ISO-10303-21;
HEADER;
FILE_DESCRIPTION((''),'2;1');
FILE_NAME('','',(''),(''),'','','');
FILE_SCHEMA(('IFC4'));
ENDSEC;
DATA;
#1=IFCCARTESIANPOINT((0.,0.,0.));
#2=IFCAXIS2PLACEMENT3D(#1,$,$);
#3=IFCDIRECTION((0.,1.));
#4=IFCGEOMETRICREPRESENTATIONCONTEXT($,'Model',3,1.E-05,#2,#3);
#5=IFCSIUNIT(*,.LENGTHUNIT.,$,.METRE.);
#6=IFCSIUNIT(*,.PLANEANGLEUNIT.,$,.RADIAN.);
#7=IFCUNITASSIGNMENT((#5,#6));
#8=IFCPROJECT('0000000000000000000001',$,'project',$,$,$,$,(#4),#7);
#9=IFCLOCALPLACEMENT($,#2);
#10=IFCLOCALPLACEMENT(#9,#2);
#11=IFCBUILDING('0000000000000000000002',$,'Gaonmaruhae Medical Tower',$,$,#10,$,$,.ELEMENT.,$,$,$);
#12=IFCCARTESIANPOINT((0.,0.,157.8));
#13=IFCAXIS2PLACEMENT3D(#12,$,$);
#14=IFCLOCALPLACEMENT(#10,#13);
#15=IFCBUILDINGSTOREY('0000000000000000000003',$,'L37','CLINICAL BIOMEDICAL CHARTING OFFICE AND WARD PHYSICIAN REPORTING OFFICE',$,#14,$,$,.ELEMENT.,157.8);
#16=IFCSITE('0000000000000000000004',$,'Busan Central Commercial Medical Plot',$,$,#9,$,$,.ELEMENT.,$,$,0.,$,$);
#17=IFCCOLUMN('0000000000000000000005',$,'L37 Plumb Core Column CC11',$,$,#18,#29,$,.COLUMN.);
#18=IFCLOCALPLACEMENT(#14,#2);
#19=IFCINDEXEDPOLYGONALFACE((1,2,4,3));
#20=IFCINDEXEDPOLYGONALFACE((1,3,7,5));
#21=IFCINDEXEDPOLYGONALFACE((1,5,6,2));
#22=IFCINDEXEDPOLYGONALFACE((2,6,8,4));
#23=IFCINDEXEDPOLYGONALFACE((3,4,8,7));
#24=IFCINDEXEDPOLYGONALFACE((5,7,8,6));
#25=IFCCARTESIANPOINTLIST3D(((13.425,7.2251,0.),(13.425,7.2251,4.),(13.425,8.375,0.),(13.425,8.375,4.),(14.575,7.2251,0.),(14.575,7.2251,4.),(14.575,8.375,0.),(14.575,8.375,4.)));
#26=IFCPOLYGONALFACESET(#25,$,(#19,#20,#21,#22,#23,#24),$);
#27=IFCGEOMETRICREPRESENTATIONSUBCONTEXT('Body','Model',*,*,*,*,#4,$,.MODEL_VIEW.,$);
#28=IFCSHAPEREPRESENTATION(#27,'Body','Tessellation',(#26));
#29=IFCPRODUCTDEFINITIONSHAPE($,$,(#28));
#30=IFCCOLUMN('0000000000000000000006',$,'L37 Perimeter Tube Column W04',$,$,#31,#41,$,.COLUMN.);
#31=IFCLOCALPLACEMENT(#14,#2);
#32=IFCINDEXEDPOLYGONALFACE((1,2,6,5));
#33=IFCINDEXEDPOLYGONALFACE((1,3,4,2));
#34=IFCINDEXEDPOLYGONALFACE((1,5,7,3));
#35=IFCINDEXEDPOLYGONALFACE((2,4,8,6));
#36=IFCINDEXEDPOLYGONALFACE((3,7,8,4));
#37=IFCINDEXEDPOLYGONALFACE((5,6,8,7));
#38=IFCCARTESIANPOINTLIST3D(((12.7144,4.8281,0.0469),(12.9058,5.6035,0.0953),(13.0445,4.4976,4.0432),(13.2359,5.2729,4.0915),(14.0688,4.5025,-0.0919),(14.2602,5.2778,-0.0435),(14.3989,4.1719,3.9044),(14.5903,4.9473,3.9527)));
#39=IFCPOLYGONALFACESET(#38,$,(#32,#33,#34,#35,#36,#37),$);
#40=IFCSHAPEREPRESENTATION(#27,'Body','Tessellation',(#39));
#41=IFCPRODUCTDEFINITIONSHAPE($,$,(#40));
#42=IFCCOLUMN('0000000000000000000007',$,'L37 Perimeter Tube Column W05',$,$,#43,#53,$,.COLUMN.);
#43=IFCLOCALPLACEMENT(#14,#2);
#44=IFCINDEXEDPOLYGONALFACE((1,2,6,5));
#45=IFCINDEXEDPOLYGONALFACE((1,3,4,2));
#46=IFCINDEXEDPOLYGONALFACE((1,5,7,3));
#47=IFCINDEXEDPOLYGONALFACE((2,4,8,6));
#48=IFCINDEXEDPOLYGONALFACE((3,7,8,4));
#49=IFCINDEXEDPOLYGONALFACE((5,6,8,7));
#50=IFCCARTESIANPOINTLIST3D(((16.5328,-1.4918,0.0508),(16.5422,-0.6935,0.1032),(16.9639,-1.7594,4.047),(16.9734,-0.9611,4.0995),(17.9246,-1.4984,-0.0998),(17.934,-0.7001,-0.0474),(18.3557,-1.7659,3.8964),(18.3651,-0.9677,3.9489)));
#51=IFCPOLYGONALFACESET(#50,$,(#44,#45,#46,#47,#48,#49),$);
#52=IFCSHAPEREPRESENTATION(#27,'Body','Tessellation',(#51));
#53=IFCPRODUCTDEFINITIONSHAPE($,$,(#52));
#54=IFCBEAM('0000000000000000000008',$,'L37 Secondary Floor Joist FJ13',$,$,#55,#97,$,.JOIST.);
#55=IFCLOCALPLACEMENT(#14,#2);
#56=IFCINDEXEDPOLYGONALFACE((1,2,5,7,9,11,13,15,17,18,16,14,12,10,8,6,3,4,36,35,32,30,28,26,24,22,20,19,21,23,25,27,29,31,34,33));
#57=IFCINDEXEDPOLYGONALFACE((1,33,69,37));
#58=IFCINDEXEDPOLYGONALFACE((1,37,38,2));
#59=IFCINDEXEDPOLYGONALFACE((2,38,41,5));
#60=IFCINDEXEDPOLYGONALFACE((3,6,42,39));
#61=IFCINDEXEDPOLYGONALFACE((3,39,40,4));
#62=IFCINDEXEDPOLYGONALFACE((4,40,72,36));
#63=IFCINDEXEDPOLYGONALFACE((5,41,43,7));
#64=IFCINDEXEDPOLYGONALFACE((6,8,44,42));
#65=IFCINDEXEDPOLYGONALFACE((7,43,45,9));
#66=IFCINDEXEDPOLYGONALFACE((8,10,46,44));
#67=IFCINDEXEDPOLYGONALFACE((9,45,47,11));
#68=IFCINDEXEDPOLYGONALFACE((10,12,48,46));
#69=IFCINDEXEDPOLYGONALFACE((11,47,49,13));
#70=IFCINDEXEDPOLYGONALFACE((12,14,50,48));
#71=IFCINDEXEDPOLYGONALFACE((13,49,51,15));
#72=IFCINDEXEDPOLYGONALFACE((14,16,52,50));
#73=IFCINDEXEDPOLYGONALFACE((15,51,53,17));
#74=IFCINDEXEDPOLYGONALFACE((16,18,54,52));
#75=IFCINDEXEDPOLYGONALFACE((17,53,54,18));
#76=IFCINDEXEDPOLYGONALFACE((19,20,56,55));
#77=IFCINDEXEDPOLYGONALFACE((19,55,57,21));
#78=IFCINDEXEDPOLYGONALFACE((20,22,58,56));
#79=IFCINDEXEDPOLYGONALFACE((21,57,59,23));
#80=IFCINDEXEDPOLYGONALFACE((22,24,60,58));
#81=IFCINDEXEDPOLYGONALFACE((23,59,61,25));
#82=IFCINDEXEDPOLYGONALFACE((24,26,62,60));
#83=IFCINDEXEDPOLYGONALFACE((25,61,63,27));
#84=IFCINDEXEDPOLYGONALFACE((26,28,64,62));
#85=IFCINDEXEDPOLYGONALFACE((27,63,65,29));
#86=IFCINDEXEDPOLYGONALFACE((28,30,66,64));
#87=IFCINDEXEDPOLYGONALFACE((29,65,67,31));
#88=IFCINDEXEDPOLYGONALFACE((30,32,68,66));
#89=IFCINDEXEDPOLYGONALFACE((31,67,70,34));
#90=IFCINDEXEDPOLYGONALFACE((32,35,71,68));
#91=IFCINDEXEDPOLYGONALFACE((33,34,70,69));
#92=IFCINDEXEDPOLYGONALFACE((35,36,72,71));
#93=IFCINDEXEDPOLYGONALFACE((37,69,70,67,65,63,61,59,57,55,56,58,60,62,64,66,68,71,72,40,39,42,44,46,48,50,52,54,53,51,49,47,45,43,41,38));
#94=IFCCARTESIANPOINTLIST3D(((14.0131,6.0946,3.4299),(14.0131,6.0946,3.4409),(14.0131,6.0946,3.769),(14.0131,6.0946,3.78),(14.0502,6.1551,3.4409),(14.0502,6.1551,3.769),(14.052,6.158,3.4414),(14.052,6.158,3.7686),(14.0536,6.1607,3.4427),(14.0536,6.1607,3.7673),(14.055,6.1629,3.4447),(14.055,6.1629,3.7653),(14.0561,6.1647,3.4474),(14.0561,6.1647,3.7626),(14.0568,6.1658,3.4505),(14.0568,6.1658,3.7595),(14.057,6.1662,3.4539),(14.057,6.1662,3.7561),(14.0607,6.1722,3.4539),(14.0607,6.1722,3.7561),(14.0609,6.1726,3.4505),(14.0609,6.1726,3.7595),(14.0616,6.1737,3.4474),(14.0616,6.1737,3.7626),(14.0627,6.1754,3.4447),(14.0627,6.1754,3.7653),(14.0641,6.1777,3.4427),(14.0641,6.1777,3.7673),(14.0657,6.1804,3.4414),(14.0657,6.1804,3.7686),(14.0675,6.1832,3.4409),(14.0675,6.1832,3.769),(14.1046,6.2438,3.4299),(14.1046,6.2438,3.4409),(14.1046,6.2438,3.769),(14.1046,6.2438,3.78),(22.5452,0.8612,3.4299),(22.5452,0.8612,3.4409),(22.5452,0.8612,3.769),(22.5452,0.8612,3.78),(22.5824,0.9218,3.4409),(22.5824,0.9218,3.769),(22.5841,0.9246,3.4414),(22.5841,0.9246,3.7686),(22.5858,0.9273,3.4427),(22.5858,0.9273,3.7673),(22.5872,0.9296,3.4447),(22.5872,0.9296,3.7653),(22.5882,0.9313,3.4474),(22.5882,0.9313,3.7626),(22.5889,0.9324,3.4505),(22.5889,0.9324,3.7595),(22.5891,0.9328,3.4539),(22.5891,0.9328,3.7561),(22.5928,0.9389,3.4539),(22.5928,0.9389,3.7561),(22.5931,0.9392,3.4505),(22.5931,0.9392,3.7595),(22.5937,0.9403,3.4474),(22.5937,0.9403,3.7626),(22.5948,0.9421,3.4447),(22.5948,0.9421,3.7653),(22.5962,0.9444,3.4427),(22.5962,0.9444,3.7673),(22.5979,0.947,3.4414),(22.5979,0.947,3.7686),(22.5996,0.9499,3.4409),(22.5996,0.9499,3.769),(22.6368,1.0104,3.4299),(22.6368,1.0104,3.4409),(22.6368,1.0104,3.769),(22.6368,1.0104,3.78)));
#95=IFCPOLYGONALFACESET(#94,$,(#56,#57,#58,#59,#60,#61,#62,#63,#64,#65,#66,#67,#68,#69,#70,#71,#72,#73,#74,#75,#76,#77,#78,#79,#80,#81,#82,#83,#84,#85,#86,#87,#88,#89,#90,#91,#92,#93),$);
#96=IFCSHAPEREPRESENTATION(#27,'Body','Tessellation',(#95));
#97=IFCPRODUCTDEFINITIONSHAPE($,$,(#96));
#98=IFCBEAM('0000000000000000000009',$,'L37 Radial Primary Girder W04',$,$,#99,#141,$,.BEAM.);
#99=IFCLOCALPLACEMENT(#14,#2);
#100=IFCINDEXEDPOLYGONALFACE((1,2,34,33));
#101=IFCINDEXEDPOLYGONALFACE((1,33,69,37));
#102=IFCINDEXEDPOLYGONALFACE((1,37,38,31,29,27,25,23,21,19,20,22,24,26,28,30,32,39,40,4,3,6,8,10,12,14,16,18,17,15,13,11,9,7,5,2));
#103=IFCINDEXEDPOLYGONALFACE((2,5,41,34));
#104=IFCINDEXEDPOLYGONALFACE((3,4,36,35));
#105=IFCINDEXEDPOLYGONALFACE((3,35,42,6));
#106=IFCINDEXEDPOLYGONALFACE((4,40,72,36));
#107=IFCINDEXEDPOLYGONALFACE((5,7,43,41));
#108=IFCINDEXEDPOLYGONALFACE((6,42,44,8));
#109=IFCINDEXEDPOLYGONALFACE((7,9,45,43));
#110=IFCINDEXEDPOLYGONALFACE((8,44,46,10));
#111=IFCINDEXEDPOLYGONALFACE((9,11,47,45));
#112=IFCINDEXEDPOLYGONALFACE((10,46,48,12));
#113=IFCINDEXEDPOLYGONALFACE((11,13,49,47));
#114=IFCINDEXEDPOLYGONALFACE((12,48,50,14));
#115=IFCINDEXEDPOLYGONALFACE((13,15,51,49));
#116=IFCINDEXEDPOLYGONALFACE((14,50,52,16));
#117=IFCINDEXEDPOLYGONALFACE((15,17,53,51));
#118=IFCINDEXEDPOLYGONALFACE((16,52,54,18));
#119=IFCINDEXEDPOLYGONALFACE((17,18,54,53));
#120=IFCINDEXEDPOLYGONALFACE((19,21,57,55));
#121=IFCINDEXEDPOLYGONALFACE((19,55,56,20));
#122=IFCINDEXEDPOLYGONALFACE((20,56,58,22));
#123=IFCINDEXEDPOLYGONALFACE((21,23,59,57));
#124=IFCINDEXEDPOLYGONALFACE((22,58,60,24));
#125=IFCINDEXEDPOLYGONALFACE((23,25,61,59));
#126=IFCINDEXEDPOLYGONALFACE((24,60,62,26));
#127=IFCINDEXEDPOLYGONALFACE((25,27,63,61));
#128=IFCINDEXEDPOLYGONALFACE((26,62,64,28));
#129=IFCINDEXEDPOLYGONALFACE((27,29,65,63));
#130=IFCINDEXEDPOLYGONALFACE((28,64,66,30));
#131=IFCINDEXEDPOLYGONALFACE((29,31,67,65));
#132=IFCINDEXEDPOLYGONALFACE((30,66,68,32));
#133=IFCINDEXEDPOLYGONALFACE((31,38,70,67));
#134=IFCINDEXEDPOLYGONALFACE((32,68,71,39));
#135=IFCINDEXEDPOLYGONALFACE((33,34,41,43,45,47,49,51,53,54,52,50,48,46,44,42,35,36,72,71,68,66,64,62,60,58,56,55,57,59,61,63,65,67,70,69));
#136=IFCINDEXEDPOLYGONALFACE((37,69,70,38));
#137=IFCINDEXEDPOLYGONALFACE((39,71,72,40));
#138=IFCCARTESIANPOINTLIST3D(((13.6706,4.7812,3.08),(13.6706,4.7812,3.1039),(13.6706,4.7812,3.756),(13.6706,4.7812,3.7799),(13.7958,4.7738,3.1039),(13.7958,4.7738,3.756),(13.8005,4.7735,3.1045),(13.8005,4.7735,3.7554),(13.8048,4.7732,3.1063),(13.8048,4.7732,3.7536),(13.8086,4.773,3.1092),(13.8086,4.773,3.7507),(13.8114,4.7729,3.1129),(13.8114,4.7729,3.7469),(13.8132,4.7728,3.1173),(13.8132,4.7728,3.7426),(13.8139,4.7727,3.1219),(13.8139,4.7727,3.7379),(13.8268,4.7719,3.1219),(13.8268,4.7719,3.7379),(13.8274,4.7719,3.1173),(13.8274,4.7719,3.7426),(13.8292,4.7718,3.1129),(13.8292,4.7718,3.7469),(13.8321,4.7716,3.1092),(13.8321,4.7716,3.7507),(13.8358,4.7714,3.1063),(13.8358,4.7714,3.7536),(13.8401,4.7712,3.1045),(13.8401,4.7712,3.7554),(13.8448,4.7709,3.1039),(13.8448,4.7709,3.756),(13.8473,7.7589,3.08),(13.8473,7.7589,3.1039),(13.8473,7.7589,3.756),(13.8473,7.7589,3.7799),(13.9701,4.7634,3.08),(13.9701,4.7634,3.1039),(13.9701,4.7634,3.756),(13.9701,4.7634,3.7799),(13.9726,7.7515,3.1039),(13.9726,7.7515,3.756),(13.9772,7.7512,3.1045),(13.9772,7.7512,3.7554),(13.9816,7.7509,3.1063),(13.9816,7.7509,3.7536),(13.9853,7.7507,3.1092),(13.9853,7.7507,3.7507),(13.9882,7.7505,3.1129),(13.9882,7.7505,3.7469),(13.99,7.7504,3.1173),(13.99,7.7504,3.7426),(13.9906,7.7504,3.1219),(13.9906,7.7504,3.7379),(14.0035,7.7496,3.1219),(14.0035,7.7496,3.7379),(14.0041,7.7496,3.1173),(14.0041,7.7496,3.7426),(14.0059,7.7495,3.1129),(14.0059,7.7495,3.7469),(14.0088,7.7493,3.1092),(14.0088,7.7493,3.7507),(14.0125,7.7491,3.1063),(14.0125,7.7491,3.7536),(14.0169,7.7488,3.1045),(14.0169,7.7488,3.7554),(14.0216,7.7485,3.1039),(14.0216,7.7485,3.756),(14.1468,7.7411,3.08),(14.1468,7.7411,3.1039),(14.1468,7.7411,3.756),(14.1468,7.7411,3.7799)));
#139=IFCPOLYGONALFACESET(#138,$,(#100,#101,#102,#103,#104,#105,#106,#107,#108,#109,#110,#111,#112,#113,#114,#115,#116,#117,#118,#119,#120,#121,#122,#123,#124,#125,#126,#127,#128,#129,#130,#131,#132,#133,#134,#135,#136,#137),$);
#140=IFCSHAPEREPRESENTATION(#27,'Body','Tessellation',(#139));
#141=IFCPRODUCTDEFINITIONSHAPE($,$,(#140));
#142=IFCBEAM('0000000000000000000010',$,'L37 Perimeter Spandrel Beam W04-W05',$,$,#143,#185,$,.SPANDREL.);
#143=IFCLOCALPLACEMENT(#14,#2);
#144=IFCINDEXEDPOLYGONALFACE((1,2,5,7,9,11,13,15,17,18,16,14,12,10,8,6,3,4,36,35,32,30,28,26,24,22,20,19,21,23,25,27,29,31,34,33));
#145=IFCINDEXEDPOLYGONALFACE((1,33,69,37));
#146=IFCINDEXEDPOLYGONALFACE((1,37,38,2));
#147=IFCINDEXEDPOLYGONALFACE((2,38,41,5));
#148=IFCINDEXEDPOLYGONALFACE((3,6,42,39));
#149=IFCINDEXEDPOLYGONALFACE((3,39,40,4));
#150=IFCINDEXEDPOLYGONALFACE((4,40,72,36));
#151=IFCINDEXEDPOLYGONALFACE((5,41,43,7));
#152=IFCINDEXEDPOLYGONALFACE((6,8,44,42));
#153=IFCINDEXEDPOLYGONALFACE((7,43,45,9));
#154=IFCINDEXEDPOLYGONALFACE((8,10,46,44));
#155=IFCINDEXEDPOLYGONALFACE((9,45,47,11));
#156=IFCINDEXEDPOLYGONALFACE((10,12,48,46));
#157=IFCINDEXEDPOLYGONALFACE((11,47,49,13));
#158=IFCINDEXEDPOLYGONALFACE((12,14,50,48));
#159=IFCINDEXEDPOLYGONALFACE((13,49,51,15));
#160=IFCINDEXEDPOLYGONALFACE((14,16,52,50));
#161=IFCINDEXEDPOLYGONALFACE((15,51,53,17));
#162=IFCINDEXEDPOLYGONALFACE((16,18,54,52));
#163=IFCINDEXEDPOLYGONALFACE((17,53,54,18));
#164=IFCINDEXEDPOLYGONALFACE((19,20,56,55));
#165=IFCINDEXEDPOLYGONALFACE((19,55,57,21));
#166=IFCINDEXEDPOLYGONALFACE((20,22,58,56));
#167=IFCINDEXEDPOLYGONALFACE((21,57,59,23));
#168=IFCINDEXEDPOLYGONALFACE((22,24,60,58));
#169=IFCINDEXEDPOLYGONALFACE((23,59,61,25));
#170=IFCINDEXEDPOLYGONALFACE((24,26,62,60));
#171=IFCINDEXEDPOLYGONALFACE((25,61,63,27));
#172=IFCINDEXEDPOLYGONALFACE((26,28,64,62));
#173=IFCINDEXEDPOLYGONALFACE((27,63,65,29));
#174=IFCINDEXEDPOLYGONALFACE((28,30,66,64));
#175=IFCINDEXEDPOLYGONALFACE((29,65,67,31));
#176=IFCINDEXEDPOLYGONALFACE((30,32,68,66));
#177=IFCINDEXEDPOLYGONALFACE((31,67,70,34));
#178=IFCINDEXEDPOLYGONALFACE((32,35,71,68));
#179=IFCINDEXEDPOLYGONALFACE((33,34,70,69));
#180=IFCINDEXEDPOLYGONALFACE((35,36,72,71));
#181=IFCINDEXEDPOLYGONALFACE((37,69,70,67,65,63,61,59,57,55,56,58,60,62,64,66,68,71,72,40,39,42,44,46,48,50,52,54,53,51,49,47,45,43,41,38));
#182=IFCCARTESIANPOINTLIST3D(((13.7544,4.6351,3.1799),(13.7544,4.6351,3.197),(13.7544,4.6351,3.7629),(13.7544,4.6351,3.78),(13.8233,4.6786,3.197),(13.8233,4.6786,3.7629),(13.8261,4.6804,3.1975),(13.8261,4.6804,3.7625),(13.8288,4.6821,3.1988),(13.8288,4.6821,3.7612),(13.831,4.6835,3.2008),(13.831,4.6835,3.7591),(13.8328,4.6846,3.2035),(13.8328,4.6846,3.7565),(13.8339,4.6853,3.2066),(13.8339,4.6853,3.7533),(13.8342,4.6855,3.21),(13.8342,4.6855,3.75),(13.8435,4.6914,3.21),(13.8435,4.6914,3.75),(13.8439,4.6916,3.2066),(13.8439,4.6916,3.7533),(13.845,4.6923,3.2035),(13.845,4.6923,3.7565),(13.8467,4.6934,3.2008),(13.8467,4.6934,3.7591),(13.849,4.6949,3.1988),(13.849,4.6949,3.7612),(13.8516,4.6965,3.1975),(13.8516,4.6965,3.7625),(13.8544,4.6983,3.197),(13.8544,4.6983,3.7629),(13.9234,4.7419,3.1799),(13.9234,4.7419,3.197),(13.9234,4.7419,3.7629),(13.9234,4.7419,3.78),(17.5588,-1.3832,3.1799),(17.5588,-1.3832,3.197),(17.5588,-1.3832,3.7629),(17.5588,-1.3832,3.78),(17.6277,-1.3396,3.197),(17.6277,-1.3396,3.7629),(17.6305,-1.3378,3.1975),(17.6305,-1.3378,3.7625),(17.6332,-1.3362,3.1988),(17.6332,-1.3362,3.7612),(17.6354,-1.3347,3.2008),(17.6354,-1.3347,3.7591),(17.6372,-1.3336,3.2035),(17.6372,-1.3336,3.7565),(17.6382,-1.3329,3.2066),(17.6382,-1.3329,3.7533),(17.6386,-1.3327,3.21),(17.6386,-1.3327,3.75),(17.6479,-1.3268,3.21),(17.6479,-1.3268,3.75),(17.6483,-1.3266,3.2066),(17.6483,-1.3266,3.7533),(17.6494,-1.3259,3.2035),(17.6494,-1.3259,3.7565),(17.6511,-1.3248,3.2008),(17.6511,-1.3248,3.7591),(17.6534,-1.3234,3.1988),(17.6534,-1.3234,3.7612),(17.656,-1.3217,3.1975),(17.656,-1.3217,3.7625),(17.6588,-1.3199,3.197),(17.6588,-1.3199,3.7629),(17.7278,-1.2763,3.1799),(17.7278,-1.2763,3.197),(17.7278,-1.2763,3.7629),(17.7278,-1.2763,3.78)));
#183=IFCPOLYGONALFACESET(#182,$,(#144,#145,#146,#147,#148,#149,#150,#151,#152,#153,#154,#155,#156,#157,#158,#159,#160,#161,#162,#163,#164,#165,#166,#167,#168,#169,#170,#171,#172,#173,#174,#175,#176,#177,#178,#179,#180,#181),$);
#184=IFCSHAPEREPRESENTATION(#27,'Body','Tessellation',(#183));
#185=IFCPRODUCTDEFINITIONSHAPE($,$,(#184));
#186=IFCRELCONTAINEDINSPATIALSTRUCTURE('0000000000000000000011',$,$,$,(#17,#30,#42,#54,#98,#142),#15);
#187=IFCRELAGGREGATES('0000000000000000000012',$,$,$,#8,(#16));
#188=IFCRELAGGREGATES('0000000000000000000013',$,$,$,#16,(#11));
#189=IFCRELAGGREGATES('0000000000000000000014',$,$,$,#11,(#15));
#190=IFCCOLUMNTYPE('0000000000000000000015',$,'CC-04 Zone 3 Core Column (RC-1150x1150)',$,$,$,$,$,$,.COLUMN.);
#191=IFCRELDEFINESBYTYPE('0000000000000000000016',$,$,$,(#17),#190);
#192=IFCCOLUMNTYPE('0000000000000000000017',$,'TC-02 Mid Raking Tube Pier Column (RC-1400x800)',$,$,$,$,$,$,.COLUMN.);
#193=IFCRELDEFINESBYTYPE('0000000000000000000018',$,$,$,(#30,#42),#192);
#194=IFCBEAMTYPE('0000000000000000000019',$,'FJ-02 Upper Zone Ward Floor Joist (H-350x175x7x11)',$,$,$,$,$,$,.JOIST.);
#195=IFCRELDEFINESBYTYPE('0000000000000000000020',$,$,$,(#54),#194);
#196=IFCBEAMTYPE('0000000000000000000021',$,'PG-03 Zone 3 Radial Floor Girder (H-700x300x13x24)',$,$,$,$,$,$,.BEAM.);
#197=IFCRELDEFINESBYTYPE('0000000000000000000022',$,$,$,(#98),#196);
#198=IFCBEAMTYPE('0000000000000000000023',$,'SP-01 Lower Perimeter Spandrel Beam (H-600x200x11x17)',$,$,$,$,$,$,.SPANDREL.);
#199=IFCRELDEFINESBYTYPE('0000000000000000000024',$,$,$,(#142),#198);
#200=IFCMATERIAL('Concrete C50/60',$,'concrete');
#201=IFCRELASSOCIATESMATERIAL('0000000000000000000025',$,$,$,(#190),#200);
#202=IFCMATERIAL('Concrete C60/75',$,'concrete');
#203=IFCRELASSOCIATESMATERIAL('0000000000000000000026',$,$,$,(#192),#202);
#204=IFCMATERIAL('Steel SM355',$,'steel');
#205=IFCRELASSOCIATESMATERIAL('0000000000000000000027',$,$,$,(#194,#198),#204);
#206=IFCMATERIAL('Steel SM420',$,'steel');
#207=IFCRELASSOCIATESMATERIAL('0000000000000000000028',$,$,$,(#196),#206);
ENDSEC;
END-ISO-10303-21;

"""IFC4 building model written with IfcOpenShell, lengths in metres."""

from ifc_helpers import new_model, si_unit, direction, frame, origin, origin_2d, place, context, subcontext, project, spatial, rectangle, i_section, extrude, material, material_profile, profile_set, type_object, element, save


model = new_model("IFC4")

# Units and contexts
model_context = context("Model", 3, precision=1e-05, world=origin(), true_north=direction((0.0, 1.0)))
body_context = subcontext(model_context, "Body", "Model", "MODEL_VIEW")
ifc_project = project(units=[si_unit("LENGTHUNIT", "METRE"), si_unit("PLANEANGLEUNIT", "RADIAN")], contexts=[model_context])

# Site, building, storey
site_placement = place(None, origin())
site = spatial("IfcSite", under=ifc_project, at=site_placement, Name="Busan Central Commercial Medical Plot", CompositionType="ELEMENT", RefElevation=0.0)
building_placement = place(site_placement, origin())
building = spatial("IfcBuilding", under=site, at=building_placement, Name="Gaonmaruhae Medical Tower", CompositionType="ELEMENT")
storey_placement = place(building_placement, frame((0.0, 0.0, 157.8)))
storey = spatial("IfcBuildingStorey", under=building, at=storey_placement, Name="L37", Description="CLINICAL BIOMEDICAL CHARTING OFFICE AND WARD PHYSICIAN REPORTING OFFICE", CompositionType="ELEMENT", Elevation=157.8)

# Columns
ifc_material_1 = material(Name="Concrete C50/60", Category="concrete")
ifc_material_profile_1 = material_profile(ifc_material_1, rectangle(XDim=1.1499, YDim=1.1499, at=origin_2d()), Name="RC-1150x1150")
ifc_profile_set_1 = profile_set([ifc_material_profile_1], Name="Concrete C50/60")
column_type_1 = type_object("IfcColumnType", Name="CC-04 Zone 3 Core Column (RC-1150x1150)", PredefinedType="COLUMN", material=ifc_profile_set_1)
column_1_placement = place(storey_placement, frame((14.0, 7.8, 0.0), z_axis=(0.0, 0.0, 1.0), x_axis=(1.0, 0.0, 0.0)))
element("IfcColumn", 1, at=column_1_placement, inside=storey, type_object=column_type_1, Name="L37 Plumb Core Column CC11", PredefinedType="COLUMN", context=body_context, shape_type="SweptSolid", body=[
    extrude(rectangle(XDim=1.1499, YDim=1.1499, at=origin_2d()), origin(), (0.0, 0.0, 1.0), 4.0),
])
ifc_material_2 = material(Name="Concrete C60/75", Category="concrete")
ifc_material_profile_2 = material_profile(ifc_material_2, rectangle(XDim=1.3999, YDim=0.8, at=origin_2d()), Name="RC-1400x800")
ifc_profile_set_2 = profile_set([ifc_material_profile_2], Name="Concrete C60/75")
column_type_2 = type_object("IfcColumnType", Name="TC-02 Mid Raking Tube Pier Column (RC-1400x800)", PredefinedType="COLUMN", material=ifc_profile_set_2)
column_2_placement = place(storey_placement, frame((13.4873, 5.053, 0.0017), z_axis=(0.082037, -0.082158, 0.993237), x_axis=(-0.9675, 0.232621, 0.099153)))
element("IfcColumn", 2, at=column_2_placement, inside=storey, type_object=column_type_2, Name="L37 Perimeter Tube Column W04", PredefinedType="COLUMN", context=body_context, shape_type="SweptSolid", body=[
    extrude(rectangle(XDim=1.3999, YDim=0.8, at=origin_2d()), origin(), (0.0, 0.0, 1.0), 4.0234),
])
column_3_placement = place(storey_placement, frame((17.2334, -1.0959, 0.0017), z_axis=(0.107028, -0.066423, 0.992035), x_axis=(-0.994186, 0.00469, 0.107574)))
element("IfcColumn", 3, at=column_3_placement, inside=storey, type_object=column_type_2, Name="L37 Perimeter Tube Column W05", PredefinedType="COLUMN", context=body_context, shape_type="SweptSolid", body=[
    extrude(rectangle(XDim=1.3999, YDim=0.8, at=origin_2d()), origin(), (0.0, 0.0, 1.0), 4.0283),
])

# Beams
ifc_material_3 = material(Name="Steel SM355", Category="steel")
ifc_material_profile_3 = material_profile(ifc_material_3, i_section(OverallWidth=0.175, OverallDepth=0.3501, WebThickness=0.0071, FlangeThickness=0.011, FilletRadius=0.0129, at=origin_2d()), Name="H-350x175x7x11")
ifc_profile_set_3 = profile_set([ifc_material_profile_3], Name="Steel SM355")
beam_type_1 = type_object("IfcBeamType", Name="FJ-02 Upper Zone Ward Floor Joist (H-350x175x7x11)", PredefinedType="JOIST", material=ifc_profile_set_3)
beam_1_placement = place(storey_placement, frame((14.0588, 6.1692, 3.605), z_axis=(0.852425, -0.52285, 0.0), x_axis=(0.52285, 0.852425, 0.0)))
element("IfcBeam", 4, at=beam_1_placement, inside=storey, type_object=beam_type_1, Name="L37 Secondary Floor Joist FJ13", PredefinedType="JOIST", context=body_context, shape_type="SweptSolid", body=[
    extrude(i_section(OverallWidth=0.175, OverallDepth=0.3501, WebThickness=0.0071, FlangeThickness=0.011, FilletRadius=0.0129, at=origin_2d()), origin(), (0.0, 0.0, 1.0), 10.0093),
])
ifc_material_4 = material(Name="Steel SM420", Category="steel")
ifc_material_profile_4 = material_profile(ifc_material_4, i_section(OverallWidth=0.3, OverallDepth=0.7, WebThickness=0.0129, FlangeThickness=0.0239, FilletRadius=0.0181, at=origin_2d()), Name="H-700x300x13x24")
ifc_profile_set_4 = profile_set([ifc_material_profile_4], Name="Steel SM420")
beam_type_2 = type_object("IfcBeamType", Name="PG-03 Zone 3 Radial Floor Girder (H-700x300x13x24)", PredefinedType="BEAM", material=ifc_profile_set_4)
beam_2_placement = place(storey_placement, frame((13.9971, 7.75, 3.4299), z_axis=(-0.059255, -0.998243, 0.0), x_axis=(0.998243, -0.059255, 0.0)))
element("IfcBeam", 5, at=beam_2_placement, inside=storey, type_object=beam_type_2, Name="L37 Radial Primary Girder W04", PredefinedType="BEAM", context=body_context, shape_type="SweptSolid", body=[
    extrude(i_section(OverallWidth=0.3, OverallDepth=0.7, WebThickness=0.0129, FlangeThickness=0.0239, FilletRadius=0.0181, at=origin_2d()), origin(), (0.0, 0.0, 1.0), 2.9829),
])
ifc_material_profile_5 = material_profile(ifc_material_3, i_section(OverallWidth=0.2, OverallDepth=0.6001, WebThickness=0.011, FlangeThickness=0.0171, FilletRadius=0.0129, at=origin_2d()), Name="H-600x200x11x17")
ifc_profile_set_5 = profile_set([ifc_material_profile_5], Name="Steel SM355")
beam_type_3 = type_object("IfcBeamType", Name="SP-01 Lower Perimeter Spandrel Beam (H-600x200x11x17)", PredefinedType="SPANDREL", material=ifc_profile_set_5)
beam_3_placement = place(storey_placement, frame((13.8389, 4.6885, 3.48), z_axis=(0.534335, -0.845273, 0.0), x_axis=(0.845273, 0.534335, 0.0)))
element("IfcBeam", 6, at=beam_3_placement, inside=storey, type_object=beam_type_3, Name="L37 Perimeter Spandrel Beam W04-W05", PredefinedType="SPANDREL", context=body_context, shape_type="SweptSolid", body=[
    extrude(i_section(OverallWidth=0.2, OverallDepth=0.6001, WebThickness=0.011, FlangeThickness=0.0171, FilletRadius=0.0129, at=origin_2d()), origin(), (0.0, 0.0, 1.0), 7.1199),
])

save(model, "model.ifc")
